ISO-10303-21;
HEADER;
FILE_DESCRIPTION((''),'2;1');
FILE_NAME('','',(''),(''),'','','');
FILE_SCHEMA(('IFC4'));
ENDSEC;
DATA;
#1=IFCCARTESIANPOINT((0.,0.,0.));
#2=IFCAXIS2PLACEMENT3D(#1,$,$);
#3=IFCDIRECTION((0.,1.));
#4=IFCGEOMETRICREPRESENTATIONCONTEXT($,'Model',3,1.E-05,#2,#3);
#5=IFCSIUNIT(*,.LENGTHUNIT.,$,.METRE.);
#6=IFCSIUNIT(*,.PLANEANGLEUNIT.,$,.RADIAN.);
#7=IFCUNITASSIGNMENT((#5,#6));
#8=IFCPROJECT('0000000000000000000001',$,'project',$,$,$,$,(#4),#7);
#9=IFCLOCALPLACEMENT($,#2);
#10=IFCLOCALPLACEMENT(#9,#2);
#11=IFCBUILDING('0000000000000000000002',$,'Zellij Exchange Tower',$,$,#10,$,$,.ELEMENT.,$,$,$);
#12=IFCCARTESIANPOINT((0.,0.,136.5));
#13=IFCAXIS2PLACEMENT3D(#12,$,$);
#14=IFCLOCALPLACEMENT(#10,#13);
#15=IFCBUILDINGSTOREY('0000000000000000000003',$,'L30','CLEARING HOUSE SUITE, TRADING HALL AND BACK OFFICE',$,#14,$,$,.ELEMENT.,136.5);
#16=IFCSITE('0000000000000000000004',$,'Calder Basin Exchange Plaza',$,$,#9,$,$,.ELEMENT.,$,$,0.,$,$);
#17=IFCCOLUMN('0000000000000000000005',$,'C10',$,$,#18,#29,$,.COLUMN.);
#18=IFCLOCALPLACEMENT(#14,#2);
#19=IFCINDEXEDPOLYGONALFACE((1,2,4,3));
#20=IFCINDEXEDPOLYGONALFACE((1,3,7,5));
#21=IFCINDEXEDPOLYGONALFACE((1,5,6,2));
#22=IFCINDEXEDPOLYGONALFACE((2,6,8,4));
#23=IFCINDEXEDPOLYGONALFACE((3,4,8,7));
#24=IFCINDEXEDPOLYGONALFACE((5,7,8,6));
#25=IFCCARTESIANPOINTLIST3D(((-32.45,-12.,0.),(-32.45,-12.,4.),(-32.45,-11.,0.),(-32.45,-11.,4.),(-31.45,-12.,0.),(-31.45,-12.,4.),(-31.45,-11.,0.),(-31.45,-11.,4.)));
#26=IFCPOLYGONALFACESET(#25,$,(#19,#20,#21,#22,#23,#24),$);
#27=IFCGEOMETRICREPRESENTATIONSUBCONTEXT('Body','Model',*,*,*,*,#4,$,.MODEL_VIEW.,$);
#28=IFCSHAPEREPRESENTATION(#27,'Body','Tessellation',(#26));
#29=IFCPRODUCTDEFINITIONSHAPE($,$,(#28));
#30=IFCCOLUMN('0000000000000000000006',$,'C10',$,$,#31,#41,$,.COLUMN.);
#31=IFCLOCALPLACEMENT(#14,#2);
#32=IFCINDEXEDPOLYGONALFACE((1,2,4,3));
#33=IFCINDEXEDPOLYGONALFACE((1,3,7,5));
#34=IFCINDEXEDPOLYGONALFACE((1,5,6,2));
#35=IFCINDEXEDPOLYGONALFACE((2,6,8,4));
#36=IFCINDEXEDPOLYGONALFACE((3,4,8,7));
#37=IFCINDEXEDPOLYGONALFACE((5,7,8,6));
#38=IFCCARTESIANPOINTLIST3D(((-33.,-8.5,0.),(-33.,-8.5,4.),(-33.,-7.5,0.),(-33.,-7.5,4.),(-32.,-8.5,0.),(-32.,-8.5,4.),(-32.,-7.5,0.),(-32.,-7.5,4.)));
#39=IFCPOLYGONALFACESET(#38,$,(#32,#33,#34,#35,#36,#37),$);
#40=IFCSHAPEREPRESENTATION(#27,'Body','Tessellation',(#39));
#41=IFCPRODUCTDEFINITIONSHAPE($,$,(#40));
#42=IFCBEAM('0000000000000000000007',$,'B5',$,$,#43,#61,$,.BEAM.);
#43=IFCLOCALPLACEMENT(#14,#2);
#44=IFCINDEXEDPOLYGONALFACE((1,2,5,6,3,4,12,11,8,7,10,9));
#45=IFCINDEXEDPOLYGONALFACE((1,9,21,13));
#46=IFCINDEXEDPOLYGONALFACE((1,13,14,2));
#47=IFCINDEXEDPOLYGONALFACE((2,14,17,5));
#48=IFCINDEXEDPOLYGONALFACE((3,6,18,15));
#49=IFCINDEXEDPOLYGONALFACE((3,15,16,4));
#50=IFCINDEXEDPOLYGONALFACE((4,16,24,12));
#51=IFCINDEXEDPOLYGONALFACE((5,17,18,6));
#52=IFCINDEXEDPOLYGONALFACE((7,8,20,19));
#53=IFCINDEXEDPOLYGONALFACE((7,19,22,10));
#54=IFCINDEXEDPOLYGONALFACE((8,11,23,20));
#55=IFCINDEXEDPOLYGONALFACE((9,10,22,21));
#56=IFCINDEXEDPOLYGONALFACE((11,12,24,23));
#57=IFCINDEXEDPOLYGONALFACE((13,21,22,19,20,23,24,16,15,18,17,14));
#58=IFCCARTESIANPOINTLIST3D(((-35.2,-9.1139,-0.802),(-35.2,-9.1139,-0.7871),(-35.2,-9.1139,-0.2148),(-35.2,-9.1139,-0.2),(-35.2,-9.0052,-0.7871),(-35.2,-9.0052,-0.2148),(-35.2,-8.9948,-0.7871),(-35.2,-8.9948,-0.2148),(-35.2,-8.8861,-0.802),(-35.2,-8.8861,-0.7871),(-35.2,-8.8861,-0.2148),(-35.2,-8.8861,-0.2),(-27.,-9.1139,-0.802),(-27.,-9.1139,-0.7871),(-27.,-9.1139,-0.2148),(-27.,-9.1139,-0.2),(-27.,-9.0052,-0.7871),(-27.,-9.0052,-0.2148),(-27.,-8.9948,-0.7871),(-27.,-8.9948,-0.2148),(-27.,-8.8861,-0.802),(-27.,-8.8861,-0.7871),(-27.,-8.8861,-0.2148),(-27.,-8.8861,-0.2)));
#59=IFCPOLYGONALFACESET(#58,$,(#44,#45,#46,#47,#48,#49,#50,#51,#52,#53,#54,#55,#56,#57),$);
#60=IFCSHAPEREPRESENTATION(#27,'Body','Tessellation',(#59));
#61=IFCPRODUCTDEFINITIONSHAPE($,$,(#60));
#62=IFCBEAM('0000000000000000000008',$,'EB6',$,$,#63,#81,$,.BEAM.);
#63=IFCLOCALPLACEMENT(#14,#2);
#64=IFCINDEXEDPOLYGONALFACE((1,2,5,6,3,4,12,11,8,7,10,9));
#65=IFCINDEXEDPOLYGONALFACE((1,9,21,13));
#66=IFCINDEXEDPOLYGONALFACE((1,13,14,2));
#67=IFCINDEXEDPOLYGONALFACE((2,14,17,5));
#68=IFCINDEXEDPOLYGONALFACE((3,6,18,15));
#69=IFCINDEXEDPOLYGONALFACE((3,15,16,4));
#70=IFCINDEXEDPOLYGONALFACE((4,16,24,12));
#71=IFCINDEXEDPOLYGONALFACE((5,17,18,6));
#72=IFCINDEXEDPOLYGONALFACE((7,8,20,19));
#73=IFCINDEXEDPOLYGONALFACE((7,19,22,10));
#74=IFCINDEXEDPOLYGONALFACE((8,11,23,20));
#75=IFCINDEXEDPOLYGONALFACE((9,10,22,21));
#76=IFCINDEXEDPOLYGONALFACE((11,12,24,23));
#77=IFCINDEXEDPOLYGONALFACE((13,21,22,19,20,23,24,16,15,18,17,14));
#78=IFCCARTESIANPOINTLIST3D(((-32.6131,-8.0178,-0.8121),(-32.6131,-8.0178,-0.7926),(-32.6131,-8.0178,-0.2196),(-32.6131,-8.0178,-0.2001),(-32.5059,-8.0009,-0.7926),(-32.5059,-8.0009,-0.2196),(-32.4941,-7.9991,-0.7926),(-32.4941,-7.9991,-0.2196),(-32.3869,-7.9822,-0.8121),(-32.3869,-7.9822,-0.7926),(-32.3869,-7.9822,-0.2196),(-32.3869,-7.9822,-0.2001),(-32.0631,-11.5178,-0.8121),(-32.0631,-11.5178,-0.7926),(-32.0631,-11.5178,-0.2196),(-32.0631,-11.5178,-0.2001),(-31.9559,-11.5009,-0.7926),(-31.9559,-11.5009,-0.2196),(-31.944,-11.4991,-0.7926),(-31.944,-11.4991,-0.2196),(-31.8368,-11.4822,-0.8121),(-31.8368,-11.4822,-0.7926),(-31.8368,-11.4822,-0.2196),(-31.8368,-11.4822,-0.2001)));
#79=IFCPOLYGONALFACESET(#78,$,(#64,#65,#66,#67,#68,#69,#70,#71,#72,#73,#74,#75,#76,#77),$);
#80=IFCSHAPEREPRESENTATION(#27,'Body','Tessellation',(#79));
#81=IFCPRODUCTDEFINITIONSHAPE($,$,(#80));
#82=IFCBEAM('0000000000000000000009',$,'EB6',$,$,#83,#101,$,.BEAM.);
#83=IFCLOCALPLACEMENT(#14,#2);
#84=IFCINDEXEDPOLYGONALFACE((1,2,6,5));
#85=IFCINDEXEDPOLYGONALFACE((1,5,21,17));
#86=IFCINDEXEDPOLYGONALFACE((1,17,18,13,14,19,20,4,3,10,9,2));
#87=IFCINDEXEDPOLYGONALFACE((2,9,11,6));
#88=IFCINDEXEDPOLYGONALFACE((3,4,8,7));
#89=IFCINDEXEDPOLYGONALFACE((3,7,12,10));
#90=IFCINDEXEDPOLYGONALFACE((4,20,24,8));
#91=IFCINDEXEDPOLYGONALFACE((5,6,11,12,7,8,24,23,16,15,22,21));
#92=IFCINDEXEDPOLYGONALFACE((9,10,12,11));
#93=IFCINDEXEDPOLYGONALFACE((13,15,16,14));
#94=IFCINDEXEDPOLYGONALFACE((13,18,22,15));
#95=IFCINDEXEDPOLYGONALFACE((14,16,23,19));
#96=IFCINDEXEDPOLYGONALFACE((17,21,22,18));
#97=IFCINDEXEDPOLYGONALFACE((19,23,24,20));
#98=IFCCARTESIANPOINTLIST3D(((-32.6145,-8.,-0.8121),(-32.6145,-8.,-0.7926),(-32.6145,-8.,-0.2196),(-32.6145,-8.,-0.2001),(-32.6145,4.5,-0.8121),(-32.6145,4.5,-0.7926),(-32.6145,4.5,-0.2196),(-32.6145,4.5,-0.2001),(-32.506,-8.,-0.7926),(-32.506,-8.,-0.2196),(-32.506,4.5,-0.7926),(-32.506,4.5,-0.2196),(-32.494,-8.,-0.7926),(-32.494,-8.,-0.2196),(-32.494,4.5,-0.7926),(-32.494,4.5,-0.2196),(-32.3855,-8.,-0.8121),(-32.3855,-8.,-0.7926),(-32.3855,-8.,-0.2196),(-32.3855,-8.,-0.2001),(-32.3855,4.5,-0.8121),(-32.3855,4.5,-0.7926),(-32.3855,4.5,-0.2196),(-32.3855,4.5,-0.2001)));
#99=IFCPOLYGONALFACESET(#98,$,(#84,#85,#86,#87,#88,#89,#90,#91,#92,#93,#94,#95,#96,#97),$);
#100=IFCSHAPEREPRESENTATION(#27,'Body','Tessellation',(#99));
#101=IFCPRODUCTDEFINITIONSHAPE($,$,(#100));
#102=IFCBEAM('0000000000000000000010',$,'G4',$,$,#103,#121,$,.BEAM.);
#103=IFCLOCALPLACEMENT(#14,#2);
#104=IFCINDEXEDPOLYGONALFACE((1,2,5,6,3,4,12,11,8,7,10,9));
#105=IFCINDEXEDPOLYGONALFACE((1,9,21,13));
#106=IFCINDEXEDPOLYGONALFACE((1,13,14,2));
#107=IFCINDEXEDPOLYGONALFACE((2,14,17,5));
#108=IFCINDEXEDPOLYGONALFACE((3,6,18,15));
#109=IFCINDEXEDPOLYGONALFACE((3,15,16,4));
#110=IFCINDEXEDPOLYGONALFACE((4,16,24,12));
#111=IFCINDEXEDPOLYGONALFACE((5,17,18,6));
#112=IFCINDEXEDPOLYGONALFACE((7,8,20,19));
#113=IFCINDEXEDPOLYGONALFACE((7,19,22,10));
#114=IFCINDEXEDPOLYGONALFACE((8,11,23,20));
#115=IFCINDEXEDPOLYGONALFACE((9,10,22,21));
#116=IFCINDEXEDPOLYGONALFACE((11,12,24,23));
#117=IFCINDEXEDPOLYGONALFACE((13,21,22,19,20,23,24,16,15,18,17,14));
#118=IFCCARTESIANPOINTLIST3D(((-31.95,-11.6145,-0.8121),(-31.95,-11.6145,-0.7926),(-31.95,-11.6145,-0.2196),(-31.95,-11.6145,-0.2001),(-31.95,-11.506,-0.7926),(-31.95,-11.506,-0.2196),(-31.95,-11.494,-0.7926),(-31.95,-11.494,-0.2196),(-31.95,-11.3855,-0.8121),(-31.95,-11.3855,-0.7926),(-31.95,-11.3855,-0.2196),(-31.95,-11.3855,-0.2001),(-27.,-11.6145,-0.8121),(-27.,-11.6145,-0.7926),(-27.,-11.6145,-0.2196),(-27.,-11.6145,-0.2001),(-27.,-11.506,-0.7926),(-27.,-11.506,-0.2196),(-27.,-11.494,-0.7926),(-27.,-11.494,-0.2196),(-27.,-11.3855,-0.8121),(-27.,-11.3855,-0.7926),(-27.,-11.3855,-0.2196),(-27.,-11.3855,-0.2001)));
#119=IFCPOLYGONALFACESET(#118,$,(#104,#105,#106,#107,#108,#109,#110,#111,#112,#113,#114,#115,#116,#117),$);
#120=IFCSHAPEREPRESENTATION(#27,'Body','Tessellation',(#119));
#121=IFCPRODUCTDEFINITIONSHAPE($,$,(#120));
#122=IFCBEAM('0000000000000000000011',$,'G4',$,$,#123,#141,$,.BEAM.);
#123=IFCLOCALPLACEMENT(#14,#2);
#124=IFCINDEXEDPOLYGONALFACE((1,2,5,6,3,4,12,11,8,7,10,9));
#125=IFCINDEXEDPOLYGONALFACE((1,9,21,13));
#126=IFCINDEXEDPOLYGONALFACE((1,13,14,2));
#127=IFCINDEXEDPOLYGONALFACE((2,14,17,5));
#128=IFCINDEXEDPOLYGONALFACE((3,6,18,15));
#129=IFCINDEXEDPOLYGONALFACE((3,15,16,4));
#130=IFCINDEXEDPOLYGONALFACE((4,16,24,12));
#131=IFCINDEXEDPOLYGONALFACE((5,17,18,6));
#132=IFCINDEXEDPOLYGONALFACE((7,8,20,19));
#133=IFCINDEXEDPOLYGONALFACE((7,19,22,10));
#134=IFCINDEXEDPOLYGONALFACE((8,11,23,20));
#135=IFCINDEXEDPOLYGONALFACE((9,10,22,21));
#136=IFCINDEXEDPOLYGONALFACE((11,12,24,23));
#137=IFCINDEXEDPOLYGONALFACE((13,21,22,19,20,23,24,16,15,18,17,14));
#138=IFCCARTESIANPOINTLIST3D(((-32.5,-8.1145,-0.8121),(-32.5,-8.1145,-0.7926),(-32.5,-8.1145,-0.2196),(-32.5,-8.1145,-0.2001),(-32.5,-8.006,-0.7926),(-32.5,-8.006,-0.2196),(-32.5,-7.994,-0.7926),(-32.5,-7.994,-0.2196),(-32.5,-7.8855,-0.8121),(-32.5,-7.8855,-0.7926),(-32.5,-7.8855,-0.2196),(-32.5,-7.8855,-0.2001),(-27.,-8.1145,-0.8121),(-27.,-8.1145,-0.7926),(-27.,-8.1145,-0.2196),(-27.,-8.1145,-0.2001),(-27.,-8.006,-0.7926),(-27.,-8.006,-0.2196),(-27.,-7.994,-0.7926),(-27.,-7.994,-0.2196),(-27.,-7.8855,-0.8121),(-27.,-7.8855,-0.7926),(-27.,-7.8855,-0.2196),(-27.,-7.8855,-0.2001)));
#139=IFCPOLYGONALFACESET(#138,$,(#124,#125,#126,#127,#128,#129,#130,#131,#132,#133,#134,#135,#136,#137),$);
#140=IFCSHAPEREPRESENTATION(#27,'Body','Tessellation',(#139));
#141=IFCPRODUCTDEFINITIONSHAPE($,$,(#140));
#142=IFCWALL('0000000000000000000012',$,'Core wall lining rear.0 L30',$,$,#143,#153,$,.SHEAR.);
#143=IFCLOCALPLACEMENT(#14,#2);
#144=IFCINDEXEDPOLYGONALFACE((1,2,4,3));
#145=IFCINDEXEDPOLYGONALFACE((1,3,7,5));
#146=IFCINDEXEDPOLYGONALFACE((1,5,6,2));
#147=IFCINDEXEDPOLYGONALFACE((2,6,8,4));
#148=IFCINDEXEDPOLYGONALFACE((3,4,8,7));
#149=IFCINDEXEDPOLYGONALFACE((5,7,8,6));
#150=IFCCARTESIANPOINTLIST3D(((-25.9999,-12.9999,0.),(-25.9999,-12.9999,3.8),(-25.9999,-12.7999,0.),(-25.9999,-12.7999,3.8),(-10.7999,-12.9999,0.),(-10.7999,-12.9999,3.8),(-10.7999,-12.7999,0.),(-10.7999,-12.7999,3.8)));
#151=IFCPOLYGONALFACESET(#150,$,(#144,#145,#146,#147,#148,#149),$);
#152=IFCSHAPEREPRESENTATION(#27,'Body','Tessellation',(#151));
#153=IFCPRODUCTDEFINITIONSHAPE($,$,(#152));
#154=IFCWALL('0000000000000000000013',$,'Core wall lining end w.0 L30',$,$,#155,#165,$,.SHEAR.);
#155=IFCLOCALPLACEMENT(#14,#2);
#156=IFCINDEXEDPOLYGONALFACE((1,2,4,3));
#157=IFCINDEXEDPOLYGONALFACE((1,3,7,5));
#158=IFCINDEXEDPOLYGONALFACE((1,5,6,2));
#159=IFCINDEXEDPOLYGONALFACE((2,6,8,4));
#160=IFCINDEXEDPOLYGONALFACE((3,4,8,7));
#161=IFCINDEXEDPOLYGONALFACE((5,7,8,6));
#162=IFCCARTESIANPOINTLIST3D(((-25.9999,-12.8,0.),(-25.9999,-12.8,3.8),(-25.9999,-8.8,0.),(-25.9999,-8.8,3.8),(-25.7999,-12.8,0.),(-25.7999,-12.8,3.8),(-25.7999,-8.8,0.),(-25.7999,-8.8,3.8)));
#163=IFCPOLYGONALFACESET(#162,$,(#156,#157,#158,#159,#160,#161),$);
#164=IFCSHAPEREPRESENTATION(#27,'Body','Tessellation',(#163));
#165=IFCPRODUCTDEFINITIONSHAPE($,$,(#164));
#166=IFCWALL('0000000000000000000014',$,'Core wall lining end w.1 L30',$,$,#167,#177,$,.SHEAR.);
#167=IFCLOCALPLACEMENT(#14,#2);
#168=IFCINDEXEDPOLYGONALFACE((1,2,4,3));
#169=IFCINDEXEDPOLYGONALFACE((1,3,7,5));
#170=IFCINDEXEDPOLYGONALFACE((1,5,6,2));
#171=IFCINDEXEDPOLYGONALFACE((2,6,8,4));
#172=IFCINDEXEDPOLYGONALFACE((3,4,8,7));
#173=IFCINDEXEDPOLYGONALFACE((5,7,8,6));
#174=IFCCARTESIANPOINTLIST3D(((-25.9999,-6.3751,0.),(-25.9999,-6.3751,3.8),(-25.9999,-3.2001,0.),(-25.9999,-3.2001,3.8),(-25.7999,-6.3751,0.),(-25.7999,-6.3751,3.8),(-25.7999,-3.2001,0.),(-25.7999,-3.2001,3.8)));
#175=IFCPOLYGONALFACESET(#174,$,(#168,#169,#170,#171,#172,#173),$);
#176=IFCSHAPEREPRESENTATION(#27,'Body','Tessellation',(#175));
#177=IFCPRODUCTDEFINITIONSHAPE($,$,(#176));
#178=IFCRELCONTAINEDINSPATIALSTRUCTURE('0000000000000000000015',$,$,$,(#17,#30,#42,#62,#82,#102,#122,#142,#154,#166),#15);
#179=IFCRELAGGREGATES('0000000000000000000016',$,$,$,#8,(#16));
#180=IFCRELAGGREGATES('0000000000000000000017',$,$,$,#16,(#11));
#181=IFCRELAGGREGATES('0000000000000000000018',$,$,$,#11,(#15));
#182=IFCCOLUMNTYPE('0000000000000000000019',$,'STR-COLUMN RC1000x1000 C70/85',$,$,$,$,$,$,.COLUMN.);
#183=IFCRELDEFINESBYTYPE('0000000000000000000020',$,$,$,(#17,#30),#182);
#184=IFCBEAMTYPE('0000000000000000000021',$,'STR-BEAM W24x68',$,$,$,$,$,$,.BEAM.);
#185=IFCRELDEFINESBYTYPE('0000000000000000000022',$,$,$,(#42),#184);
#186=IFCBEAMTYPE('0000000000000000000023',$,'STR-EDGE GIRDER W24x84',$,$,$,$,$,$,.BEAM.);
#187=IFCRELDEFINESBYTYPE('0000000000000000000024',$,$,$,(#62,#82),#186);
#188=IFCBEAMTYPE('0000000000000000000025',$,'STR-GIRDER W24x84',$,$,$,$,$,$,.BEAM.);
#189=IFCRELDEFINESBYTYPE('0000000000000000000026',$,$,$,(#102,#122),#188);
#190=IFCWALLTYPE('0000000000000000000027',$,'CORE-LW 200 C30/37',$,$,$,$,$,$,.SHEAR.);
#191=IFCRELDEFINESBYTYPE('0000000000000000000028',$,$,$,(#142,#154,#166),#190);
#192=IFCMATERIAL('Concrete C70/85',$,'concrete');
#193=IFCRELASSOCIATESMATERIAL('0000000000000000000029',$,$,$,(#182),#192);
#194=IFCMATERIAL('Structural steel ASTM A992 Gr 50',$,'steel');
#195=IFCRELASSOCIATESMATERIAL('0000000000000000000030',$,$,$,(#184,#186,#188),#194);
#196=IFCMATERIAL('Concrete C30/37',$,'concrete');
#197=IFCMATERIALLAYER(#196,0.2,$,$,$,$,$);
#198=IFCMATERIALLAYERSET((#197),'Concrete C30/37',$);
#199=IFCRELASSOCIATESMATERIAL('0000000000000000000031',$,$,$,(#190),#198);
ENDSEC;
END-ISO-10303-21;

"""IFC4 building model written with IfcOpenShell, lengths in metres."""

from ifc_helpers import new_model, si_unit, direction, frame, frame_2d, origin, origin_2d, place, context, subcontext, project, spatial, rectangle, i_section, extrude, material, layer, layer_set, material_profile, profile_set, type_object, element, save


model = new_model("IFC4")

# Units and contexts
model_context = context("Model", 3, precision=1e-05, world=origin(), true_north=direction((0.0, 1.0)))
body_context = subcontext(model_context, "Body", "Model", "MODEL_VIEW")
ifc_project = project(units=[si_unit("LENGTHUNIT", "METRE"), si_unit("PLANEANGLEUNIT", "RADIAN")], contexts=[model_context])

# Site, building, storey
site_placement = place(None, origin())
site = spatial("IfcSite", under=ifc_project, at=site_placement, Name="Calder Basin Exchange Plaza", CompositionType="ELEMENT", RefElevation=0.0)
building_placement = place(site_placement, origin())
building = spatial("IfcBuilding", under=site, at=building_placement, Name="Zellij Exchange Tower", CompositionType="ELEMENT")
storey_placement = place(building_placement, frame((0.0, 0.0, 136.5)))
storey = spatial("IfcBuildingStorey", under=building, at=storey_placement, Name="L30", Description="CLEARING HOUSE SUITE, TRADING HALL AND BACK OFFICE", CompositionType="ELEMENT", Elevation=136.5)

# Columns
ifc_material_1 = material(Name="Concrete C70/85", Category="concrete")
ifc_material_profile_1 = material_profile(ifc_material_1, rectangle(XDim=1.0, YDim=1.0, at=origin_2d()), Name="STR-COLUMN RC1000x1000 C70/85")
ifc_profile_set_1 = profile_set([ifc_material_profile_1], Name="Concrete C70/85")
column_type = type_object("IfcColumnType", Name="STR-COLUMN RC1000x1000 C70/85", PredefinedType="COLUMN", material=ifc_profile_set_1)
for number, where, z_axis, x_axis, name in (
    (1, (-31.95, -11.5, 0.0), (0.0, 0.0, 1.0), (1.0, 0.0, 0.0), "C10"),
    (2, (-32.5, -8.0, 0.0), (0.0, 0.0, 1.0), (1.0, 0.0, 0.0), "C10"),
):
    element("IfcColumn", number, at=place(storey_placement, frame(where, z_axis=z_axis, x_axis=x_axis)), inside=storey, type_object=column_type, Name=name, PredefinedType="COLUMN", context=body_context, shape_type="SweptSolid", body=[
        extrude(rectangle(XDim=1.0, YDim=1.0, at=origin_2d()), origin(), (0.0, 0.0, 1.0), 4.0),
    ])

# Beams
ifc_material_2 = material(Name="Structural steel ASTM A992 Gr 50", Category="steel")
ifc_material_profile_2 = material_profile(ifc_material_2, i_section(OverallWidth=0.2278, OverallDepth=0.6021, WebThickness=0.0105, FlangeThickness=0.0149, at=origin_2d()), Name="W24x68")
ifc_profile_set_2 = profile_set([ifc_material_profile_2], Name="Structural steel ASTM A992 Gr 50")
beam_type_1 = type_object("IfcBeamType", Name="STR-BEAM W24x68", PredefinedType="BEAM", material=ifc_profile_set_2)
beam_1_placement = place(storey_placement, frame((-35.2, -9.0, -0.501), z_axis=(1.0, 0.0, 0.0), x_axis=(0.0, 1.0, 0.0)))
element("IfcBeam", 3, at=beam_1_placement, inside=storey, type_object=beam_type_1, Name="B5", PredefinedType="BEAM", context=body_context, shape_type="SweptSolid", body=[
    extrude(i_section(OverallWidth=0.2278, OverallDepth=0.6021, WebThickness=0.0105, FlangeThickness=0.0149, at=origin_2d()), origin(), (0.0, 0.0, 1.0), 8.2),
])
ifc_material_profile_3 = material_profile(ifc_material_2, i_section(OverallWidth=0.229, OverallDepth=0.6121, WebThickness=0.012, FlangeThickness=0.0195, at=origin_2d()), Name="W24x84")
ifc_profile_set_3 = profile_set([ifc_material_profile_3], Name="Structural steel ASTM A992 Gr 50")
beam_type_2 = type_object("IfcBeamType", Name="STR-EDGE GIRDER W24x84", PredefinedType="BEAM", material=ifc_profile_set_3)
beam_2_placement = place(storey_placement, frame((-31.95, -11.5, -0.5061), z_axis=(-0.155251, 0.987875, 0.0), x_axis=(-0.987875, -0.155251, 0.0)))
element("IfcBeam", 4, at=beam_2_placement, inside=storey, type_object=beam_type_2, Name="EB6", PredefinedType="BEAM", context=body_context, shape_type="SweptSolid", body=[
    extrude(i_section(OverallWidth=0.229, OverallDepth=0.6121, WebThickness=0.012, FlangeThickness=0.0195, at=origin_2d()), origin(), (0.0, 0.0, 1.0), 3.543),
])
beam_3_placement = place(storey_placement, frame((-32.5, -8.0, -0.5061), z_axis=(0.0, 1.0, 0.0), x_axis=(-1.0, 0.0, 0.0)))
element("IfcBeam", 5, at=beam_3_placement, inside=storey, type_object=beam_type_2, Name="EB6", PredefinedType="BEAM", context=body_context, shape_type="SweptSolid", body=[
    extrude(i_section(OverallWidth=0.229, OverallDepth=0.6121, WebThickness=0.012, FlangeThickness=0.0195, at=origin_2d()), origin(), (0.0, 0.0, 1.0), 12.5),
])
ifc_material_profile_4 = material_profile(ifc_material_2, i_section(OverallWidth=0.229, OverallDepth=0.6121, WebThickness=0.012, FlangeThickness=0.0195, at=origin_2d()), Name="W24x84")
ifc_profile_set_4 = profile_set([ifc_material_profile_4], Name="Structural steel ASTM A992 Gr 50")
beam_type_3 = type_object("IfcBeamType", Name="STR-GIRDER W24x84", PredefinedType="BEAM", material=ifc_profile_set_4)
beam_4_placement = place(storey_placement, frame((-31.95, -11.5, -0.5061), z_axis=(1.0, 0.0, 0.0), x_axis=(0.0, 1.0, 0.0)))
element("IfcBeam", 6, at=beam_4_placement, inside=storey, type_object=beam_type_3, Name="G4", PredefinedType="BEAM", context=body_context, shape_type="SweptSolid", body=[
    extrude(i_section(OverallWidth=0.229, OverallDepth=0.6121, WebThickness=0.012, FlangeThickness=0.0195, at=origin_2d()), origin(), (0.0, 0.0, 1.0), 4.95),
])
beam_5_placement = place(storey_placement, frame((-32.5, -8.0, -0.5061), z_axis=(1.0, 0.0, 0.0), x_axis=(0.0, 1.0, 0.0)))
element("IfcBeam", 7, at=beam_5_placement, inside=storey, type_object=beam_type_3, Name="G4", PredefinedType="BEAM", context=body_context, shape_type="SweptSolid", body=[
    extrude(i_section(OverallWidth=0.229, OverallDepth=0.6121, WebThickness=0.012, FlangeThickness=0.0195, at=origin_2d()), origin(), (0.0, 0.0, 1.0), 5.5),
])

# Walls
ifc_material_3 = material(Name="Concrete C30/37", Category="concrete")
ifc_layer_1 = layer(ifc_material_3, 0.2)
ifc_layer_set_1 = layer_set([ifc_layer_1], Name="Concrete C30/37")
wall_type_1 = type_object("IfcWallType", Name="CORE-LW 200 C30/37", PredefinedType="SHEAR", material=ifc_layer_set_1)
wall_1_placement = place(storey_placement, frame((-26.0, -12.8999, 0.0), z_axis=(0.0, 0.0, 1.0), x_axis=(1.0, 0.0, 0.0)))
element("IfcWall", 8, at=wall_1_placement, inside=storey, type_object=wall_type_1, Name="Core wall lining rear.0 L30", PredefinedType="SHEAR", context=body_context, shape_type="SweptSolid", body=[
    extrude(rectangle(XDim=15.2, YDim=0.2, at=frame_2d((7.6001, 0.0))), origin(), (0.0, 0.0, 1.0), 3.8),
])
wall_2_placement = place(storey_placement, frame((-25.8999, -12.8, 0.0), z_axis=(0.0, 0.0, 1.0), x_axis=(0.0, 1.0, 0.0)))
element("IfcWall", 9, at=wall_2_placement, inside=storey, type_object=wall_type_1, Name="Core wall lining end w.0 L30", PredefinedType="SHEAR", context=body_context, shape_type="SweptSolid", body=[
    extrude(rectangle(XDim=4.0, YDim=0.2, at=frame_2d((2.0, 0.0))), origin(), (0.0, 0.0, 1.0), 3.8),
])
wall_3_placement = place(storey_placement, frame((-25.8999, -6.375, 0.0), z_axis=(0.0, 0.0, 1.0), x_axis=(0.0, 1.0, 0.0)))
element("IfcWall", 10, at=wall_3_placement, inside=storey, type_object=wall_type_1, Name="Core wall lining end w.1 L30", PredefinedType="SHEAR", context=body_context, shape_type="SweptSolid", body=[
    extrude(rectangle(XDim=3.175, YDim=0.2, at=frame_2d((1.5874, 0.0))), origin(), (0.0, 0.0, 1.0), 3.8),
])

save(model, "model.ifc")
